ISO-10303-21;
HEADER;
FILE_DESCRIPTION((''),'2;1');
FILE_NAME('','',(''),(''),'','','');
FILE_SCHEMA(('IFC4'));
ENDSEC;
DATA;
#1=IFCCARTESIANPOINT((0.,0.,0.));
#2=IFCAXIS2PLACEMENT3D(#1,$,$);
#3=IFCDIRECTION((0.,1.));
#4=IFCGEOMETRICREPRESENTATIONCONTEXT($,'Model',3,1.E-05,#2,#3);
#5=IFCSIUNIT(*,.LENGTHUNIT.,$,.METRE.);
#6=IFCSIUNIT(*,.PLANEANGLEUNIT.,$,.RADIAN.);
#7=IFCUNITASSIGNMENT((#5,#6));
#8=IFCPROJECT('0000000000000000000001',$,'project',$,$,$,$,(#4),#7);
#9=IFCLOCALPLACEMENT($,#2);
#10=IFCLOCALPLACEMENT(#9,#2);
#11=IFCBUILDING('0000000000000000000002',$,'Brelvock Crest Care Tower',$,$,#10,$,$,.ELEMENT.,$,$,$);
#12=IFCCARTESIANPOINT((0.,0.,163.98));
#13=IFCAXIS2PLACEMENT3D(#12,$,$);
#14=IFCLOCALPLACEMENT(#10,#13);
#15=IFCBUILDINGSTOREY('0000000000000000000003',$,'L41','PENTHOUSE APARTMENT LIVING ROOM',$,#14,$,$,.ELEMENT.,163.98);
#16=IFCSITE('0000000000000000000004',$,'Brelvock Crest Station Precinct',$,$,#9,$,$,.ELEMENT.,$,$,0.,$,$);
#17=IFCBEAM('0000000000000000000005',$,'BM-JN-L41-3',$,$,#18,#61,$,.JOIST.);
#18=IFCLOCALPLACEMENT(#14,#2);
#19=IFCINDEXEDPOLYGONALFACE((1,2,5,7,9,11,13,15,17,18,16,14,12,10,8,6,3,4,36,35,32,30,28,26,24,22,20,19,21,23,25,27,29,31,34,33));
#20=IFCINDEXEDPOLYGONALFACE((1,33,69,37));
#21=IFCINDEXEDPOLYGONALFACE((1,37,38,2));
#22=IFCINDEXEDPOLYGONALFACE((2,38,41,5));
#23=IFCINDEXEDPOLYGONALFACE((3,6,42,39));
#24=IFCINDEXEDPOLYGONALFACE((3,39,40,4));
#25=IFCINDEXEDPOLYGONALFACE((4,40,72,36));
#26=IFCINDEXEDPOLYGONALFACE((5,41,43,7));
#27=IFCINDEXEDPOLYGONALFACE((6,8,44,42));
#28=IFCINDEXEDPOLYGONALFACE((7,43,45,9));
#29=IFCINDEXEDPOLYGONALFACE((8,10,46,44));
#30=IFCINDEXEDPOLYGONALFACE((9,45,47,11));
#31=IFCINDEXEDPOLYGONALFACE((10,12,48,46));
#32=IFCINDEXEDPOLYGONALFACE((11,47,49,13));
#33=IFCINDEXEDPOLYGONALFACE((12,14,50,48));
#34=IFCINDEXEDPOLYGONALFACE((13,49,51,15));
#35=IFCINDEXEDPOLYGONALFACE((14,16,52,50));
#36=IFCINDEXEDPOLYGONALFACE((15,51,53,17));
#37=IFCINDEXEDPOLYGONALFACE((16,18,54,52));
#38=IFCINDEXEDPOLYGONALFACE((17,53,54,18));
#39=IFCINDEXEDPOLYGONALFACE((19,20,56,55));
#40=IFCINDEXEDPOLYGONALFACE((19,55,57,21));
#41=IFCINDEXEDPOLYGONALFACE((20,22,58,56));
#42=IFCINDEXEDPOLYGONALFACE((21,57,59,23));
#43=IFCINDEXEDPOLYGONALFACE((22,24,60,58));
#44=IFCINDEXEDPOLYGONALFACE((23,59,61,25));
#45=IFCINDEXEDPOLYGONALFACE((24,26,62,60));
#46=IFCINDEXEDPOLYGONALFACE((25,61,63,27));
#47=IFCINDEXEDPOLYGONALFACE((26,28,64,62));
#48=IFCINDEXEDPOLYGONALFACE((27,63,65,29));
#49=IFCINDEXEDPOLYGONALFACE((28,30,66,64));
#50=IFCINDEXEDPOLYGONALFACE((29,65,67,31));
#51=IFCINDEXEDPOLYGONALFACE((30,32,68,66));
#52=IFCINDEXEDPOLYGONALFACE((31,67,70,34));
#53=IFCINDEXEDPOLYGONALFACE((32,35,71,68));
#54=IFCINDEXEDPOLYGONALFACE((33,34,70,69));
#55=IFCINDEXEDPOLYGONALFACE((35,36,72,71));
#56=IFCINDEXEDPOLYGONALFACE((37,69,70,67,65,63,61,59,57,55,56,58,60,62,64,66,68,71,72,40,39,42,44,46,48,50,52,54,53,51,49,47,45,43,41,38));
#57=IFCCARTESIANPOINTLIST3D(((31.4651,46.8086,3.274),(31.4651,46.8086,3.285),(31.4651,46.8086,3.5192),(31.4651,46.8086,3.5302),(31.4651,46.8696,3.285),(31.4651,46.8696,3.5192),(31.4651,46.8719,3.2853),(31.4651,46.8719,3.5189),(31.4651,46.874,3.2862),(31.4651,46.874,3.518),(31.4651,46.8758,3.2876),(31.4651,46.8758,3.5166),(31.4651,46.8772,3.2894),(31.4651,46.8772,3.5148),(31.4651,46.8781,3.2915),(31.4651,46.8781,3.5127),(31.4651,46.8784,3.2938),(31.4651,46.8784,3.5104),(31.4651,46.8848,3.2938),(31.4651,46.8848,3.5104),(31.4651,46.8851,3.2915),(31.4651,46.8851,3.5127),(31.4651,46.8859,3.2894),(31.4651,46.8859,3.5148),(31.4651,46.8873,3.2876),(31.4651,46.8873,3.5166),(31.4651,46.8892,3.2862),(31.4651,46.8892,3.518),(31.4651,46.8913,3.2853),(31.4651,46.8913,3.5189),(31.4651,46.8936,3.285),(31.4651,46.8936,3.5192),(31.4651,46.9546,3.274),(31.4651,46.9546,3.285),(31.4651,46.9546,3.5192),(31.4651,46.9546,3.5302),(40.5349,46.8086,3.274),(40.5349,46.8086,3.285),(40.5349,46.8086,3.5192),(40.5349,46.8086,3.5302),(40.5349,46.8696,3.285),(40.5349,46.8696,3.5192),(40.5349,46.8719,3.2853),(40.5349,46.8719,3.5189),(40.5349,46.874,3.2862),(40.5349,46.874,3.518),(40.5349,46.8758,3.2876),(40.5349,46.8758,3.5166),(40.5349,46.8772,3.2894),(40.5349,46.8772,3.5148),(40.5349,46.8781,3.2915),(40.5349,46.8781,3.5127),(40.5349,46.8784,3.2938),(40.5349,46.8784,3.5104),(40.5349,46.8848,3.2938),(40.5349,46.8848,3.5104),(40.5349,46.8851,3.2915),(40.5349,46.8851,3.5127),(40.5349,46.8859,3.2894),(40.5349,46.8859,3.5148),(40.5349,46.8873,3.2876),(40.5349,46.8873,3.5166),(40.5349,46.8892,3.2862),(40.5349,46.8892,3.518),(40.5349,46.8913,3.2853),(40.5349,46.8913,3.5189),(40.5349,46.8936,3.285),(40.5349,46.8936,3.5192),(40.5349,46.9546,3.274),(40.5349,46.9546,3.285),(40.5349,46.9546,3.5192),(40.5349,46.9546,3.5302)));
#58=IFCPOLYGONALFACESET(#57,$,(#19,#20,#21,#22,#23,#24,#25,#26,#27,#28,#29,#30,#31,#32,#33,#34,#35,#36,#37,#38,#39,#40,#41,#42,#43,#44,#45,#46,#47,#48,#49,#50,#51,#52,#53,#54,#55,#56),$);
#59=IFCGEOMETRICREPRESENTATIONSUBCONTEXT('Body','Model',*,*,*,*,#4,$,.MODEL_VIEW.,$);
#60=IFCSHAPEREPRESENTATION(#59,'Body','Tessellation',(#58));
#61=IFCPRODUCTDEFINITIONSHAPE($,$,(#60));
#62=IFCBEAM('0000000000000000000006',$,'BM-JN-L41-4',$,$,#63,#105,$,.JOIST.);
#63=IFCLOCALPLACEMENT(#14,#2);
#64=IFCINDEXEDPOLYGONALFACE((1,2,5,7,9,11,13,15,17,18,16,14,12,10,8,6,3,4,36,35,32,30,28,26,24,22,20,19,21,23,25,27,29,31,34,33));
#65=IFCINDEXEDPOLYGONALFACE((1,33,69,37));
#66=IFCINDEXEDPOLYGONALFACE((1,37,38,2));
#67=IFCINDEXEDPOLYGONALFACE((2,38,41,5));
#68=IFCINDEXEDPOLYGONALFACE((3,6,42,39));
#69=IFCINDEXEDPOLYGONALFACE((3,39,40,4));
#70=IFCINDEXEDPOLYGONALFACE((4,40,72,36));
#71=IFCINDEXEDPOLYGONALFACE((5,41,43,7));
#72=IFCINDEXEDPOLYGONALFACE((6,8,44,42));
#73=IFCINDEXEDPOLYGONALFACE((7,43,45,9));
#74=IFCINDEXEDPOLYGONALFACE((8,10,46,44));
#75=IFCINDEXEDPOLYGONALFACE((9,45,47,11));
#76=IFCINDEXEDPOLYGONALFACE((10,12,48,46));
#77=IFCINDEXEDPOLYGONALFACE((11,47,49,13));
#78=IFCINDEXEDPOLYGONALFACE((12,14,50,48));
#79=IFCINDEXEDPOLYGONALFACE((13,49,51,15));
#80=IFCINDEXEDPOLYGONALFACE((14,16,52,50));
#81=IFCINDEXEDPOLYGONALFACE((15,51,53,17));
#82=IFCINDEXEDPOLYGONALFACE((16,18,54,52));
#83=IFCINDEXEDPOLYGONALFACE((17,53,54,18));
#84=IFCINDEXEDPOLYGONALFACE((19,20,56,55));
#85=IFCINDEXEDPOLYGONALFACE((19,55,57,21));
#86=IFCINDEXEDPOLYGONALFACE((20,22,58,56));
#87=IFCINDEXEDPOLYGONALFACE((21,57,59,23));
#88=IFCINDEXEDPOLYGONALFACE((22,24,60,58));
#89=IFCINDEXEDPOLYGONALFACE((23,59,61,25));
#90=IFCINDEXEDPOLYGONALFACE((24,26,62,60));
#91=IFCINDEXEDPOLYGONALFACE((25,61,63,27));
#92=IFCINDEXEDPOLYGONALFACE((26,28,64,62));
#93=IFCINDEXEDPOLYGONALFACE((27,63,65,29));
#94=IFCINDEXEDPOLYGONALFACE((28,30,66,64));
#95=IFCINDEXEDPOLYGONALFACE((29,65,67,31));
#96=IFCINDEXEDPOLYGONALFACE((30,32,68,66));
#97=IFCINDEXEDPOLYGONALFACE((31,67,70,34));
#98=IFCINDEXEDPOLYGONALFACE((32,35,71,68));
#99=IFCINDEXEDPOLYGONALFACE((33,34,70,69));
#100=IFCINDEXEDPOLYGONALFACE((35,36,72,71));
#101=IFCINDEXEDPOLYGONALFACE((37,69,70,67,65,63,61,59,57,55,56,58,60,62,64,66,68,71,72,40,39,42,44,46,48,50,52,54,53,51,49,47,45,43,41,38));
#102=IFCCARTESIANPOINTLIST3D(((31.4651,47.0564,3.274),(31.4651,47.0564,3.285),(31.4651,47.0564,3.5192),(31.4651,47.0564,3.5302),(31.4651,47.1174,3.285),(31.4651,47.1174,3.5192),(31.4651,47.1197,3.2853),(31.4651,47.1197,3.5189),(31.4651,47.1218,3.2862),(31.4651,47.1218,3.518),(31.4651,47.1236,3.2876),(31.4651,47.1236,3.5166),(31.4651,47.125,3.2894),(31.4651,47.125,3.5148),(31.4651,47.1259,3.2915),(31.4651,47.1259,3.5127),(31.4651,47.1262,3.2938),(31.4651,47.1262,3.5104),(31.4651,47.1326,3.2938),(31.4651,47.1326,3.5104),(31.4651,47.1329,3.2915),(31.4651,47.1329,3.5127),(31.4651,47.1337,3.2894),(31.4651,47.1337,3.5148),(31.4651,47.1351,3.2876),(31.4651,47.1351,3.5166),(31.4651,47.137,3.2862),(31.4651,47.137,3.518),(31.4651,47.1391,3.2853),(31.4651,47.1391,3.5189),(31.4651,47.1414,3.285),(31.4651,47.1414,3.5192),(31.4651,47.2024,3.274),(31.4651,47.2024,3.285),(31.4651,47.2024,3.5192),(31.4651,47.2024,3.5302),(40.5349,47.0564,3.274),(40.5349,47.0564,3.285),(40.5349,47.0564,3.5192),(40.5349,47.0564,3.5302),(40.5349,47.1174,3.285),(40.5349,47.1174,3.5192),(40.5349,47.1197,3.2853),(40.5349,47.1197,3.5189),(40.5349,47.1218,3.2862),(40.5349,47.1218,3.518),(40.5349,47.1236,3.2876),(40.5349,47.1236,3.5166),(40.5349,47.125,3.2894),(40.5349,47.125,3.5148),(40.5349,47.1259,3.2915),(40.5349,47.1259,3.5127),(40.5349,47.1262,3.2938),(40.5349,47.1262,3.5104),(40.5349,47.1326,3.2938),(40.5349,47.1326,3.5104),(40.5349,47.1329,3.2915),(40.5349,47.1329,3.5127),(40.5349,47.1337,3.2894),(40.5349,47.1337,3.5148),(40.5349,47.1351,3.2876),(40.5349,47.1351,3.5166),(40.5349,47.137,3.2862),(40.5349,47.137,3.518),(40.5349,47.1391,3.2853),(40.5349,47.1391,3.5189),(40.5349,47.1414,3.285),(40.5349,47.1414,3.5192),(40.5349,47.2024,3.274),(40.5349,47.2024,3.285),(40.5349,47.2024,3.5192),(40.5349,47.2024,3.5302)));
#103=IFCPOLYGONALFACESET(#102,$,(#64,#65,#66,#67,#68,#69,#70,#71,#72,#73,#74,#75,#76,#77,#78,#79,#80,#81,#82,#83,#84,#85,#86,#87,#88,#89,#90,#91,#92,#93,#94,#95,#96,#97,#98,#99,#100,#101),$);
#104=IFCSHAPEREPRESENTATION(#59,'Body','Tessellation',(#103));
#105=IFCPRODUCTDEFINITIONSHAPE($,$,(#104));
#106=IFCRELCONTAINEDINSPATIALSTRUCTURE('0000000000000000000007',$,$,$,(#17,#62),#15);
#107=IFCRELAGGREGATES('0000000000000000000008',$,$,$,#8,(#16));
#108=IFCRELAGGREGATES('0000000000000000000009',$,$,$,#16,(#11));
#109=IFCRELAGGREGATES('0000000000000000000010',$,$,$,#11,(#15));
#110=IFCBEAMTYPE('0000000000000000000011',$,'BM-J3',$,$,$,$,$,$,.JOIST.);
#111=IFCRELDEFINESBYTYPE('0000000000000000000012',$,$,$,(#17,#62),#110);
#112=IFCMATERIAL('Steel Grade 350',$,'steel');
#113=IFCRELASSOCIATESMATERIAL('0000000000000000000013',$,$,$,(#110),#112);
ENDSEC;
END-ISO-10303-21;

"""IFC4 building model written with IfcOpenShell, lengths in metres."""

from ifc_helpers import new_model, si_unit, direction, frame, origin, origin_2d, place, context, subcontext, project, spatial, i_section, extrude, source, transform, mapped, material, material_profile, profile_set, type_object, element, save


model = new_model("IFC4")

# Units and contexts
model_context = context("Model", 3, precision=1e-05, world=origin(), true_north=direction((0.0, 1.0)))
body_context = subcontext(model_context, "Body", "Model", "MODEL_VIEW")
ifc_project = project(units=[si_unit("LENGTHUNIT", "METRE"), si_unit("PLANEANGLEUNIT", "RADIAN")], contexts=[model_context])

# Site, building, storey
site_placement = place(None, origin())
site = spatial("IfcSite", under=ifc_project, at=site_placement, Name="Brelvock Crest Station Precinct", CompositionType="ELEMENT", RefElevation=0.0)
building_placement = place(site_placement, origin())
building = spatial("IfcBuilding", under=site, at=building_placement, Name="Brelvock Crest Care Tower", CompositionType="ELEMENT")
storey_placement = place(building_placement, frame((0.0, 0.0, 163.98)))
storey = spatial("IfcBuildingStorey", under=building, at=storey_placement, Name="L41", Description="PENTHOUSE APARTMENT LIVING ROOM", CompositionType="ELEMENT", Elevation=163.98)

# Beams
ifc_material = material(Name="Steel Grade 350", Category="steel")
ifc_material_profile = material_profile(ifc_material, i_section(OverallWidth=0.146, OverallDepth=0.2561, WebThickness=0.0063, FlangeThickness=0.011, FilletRadius=0.0088, at=origin_2d()), Name="250UB37.3")
ifc_profile_set = profile_set([ifc_material_profile], Name="Steel Grade 350")
beam_type = type_object("IfcBeamType", Name="BM-J3", PredefinedType="JOIST", material=ifc_profile_set)
shared_shape = source(origin(), body_context, "Body", "SweptSolid", [
    extrude(i_section(OverallWidth=0.146, OverallDepth=0.2561, WebThickness=0.0063, FlangeThickness=0.011, FilletRadius=0.0088, at=origin_2d()), origin(), (0.0, 0.0, 1.0), 9.0698),
])
for number, where, z_axis, x_axis, name in (
    (1, (31.4651, 46.8816, 3.4021), (1.0, 0.0, 0.0), (0.0, 1.0, 0.0), "BM-JN-L41-3"),
    (2, (31.4651, 47.1294, 3.4021), (1.0, 0.0, 0.0), (0.0, 1.0, 0.0), "BM-JN-L41-4"),
):
    element("IfcBeam", number, at=place(storey_placement, frame(where, z_axis=z_axis, x_axis=x_axis)), inside=storey, type_object=beam_type, Name=name, PredefinedType="JOIST", context=body_context, shape_type="MappedRepresentation", body=[
        mapped(shared_shape, transform((0.0, 0.0, 0.0), x_axis=(1.0, 0.0, 0.0), y_axis=(0.0, 1.0, 0.0), z_axis=(0.0, 0.0, 1.0), scale=1.0)),
    ])

save(model, "model.ifc")
